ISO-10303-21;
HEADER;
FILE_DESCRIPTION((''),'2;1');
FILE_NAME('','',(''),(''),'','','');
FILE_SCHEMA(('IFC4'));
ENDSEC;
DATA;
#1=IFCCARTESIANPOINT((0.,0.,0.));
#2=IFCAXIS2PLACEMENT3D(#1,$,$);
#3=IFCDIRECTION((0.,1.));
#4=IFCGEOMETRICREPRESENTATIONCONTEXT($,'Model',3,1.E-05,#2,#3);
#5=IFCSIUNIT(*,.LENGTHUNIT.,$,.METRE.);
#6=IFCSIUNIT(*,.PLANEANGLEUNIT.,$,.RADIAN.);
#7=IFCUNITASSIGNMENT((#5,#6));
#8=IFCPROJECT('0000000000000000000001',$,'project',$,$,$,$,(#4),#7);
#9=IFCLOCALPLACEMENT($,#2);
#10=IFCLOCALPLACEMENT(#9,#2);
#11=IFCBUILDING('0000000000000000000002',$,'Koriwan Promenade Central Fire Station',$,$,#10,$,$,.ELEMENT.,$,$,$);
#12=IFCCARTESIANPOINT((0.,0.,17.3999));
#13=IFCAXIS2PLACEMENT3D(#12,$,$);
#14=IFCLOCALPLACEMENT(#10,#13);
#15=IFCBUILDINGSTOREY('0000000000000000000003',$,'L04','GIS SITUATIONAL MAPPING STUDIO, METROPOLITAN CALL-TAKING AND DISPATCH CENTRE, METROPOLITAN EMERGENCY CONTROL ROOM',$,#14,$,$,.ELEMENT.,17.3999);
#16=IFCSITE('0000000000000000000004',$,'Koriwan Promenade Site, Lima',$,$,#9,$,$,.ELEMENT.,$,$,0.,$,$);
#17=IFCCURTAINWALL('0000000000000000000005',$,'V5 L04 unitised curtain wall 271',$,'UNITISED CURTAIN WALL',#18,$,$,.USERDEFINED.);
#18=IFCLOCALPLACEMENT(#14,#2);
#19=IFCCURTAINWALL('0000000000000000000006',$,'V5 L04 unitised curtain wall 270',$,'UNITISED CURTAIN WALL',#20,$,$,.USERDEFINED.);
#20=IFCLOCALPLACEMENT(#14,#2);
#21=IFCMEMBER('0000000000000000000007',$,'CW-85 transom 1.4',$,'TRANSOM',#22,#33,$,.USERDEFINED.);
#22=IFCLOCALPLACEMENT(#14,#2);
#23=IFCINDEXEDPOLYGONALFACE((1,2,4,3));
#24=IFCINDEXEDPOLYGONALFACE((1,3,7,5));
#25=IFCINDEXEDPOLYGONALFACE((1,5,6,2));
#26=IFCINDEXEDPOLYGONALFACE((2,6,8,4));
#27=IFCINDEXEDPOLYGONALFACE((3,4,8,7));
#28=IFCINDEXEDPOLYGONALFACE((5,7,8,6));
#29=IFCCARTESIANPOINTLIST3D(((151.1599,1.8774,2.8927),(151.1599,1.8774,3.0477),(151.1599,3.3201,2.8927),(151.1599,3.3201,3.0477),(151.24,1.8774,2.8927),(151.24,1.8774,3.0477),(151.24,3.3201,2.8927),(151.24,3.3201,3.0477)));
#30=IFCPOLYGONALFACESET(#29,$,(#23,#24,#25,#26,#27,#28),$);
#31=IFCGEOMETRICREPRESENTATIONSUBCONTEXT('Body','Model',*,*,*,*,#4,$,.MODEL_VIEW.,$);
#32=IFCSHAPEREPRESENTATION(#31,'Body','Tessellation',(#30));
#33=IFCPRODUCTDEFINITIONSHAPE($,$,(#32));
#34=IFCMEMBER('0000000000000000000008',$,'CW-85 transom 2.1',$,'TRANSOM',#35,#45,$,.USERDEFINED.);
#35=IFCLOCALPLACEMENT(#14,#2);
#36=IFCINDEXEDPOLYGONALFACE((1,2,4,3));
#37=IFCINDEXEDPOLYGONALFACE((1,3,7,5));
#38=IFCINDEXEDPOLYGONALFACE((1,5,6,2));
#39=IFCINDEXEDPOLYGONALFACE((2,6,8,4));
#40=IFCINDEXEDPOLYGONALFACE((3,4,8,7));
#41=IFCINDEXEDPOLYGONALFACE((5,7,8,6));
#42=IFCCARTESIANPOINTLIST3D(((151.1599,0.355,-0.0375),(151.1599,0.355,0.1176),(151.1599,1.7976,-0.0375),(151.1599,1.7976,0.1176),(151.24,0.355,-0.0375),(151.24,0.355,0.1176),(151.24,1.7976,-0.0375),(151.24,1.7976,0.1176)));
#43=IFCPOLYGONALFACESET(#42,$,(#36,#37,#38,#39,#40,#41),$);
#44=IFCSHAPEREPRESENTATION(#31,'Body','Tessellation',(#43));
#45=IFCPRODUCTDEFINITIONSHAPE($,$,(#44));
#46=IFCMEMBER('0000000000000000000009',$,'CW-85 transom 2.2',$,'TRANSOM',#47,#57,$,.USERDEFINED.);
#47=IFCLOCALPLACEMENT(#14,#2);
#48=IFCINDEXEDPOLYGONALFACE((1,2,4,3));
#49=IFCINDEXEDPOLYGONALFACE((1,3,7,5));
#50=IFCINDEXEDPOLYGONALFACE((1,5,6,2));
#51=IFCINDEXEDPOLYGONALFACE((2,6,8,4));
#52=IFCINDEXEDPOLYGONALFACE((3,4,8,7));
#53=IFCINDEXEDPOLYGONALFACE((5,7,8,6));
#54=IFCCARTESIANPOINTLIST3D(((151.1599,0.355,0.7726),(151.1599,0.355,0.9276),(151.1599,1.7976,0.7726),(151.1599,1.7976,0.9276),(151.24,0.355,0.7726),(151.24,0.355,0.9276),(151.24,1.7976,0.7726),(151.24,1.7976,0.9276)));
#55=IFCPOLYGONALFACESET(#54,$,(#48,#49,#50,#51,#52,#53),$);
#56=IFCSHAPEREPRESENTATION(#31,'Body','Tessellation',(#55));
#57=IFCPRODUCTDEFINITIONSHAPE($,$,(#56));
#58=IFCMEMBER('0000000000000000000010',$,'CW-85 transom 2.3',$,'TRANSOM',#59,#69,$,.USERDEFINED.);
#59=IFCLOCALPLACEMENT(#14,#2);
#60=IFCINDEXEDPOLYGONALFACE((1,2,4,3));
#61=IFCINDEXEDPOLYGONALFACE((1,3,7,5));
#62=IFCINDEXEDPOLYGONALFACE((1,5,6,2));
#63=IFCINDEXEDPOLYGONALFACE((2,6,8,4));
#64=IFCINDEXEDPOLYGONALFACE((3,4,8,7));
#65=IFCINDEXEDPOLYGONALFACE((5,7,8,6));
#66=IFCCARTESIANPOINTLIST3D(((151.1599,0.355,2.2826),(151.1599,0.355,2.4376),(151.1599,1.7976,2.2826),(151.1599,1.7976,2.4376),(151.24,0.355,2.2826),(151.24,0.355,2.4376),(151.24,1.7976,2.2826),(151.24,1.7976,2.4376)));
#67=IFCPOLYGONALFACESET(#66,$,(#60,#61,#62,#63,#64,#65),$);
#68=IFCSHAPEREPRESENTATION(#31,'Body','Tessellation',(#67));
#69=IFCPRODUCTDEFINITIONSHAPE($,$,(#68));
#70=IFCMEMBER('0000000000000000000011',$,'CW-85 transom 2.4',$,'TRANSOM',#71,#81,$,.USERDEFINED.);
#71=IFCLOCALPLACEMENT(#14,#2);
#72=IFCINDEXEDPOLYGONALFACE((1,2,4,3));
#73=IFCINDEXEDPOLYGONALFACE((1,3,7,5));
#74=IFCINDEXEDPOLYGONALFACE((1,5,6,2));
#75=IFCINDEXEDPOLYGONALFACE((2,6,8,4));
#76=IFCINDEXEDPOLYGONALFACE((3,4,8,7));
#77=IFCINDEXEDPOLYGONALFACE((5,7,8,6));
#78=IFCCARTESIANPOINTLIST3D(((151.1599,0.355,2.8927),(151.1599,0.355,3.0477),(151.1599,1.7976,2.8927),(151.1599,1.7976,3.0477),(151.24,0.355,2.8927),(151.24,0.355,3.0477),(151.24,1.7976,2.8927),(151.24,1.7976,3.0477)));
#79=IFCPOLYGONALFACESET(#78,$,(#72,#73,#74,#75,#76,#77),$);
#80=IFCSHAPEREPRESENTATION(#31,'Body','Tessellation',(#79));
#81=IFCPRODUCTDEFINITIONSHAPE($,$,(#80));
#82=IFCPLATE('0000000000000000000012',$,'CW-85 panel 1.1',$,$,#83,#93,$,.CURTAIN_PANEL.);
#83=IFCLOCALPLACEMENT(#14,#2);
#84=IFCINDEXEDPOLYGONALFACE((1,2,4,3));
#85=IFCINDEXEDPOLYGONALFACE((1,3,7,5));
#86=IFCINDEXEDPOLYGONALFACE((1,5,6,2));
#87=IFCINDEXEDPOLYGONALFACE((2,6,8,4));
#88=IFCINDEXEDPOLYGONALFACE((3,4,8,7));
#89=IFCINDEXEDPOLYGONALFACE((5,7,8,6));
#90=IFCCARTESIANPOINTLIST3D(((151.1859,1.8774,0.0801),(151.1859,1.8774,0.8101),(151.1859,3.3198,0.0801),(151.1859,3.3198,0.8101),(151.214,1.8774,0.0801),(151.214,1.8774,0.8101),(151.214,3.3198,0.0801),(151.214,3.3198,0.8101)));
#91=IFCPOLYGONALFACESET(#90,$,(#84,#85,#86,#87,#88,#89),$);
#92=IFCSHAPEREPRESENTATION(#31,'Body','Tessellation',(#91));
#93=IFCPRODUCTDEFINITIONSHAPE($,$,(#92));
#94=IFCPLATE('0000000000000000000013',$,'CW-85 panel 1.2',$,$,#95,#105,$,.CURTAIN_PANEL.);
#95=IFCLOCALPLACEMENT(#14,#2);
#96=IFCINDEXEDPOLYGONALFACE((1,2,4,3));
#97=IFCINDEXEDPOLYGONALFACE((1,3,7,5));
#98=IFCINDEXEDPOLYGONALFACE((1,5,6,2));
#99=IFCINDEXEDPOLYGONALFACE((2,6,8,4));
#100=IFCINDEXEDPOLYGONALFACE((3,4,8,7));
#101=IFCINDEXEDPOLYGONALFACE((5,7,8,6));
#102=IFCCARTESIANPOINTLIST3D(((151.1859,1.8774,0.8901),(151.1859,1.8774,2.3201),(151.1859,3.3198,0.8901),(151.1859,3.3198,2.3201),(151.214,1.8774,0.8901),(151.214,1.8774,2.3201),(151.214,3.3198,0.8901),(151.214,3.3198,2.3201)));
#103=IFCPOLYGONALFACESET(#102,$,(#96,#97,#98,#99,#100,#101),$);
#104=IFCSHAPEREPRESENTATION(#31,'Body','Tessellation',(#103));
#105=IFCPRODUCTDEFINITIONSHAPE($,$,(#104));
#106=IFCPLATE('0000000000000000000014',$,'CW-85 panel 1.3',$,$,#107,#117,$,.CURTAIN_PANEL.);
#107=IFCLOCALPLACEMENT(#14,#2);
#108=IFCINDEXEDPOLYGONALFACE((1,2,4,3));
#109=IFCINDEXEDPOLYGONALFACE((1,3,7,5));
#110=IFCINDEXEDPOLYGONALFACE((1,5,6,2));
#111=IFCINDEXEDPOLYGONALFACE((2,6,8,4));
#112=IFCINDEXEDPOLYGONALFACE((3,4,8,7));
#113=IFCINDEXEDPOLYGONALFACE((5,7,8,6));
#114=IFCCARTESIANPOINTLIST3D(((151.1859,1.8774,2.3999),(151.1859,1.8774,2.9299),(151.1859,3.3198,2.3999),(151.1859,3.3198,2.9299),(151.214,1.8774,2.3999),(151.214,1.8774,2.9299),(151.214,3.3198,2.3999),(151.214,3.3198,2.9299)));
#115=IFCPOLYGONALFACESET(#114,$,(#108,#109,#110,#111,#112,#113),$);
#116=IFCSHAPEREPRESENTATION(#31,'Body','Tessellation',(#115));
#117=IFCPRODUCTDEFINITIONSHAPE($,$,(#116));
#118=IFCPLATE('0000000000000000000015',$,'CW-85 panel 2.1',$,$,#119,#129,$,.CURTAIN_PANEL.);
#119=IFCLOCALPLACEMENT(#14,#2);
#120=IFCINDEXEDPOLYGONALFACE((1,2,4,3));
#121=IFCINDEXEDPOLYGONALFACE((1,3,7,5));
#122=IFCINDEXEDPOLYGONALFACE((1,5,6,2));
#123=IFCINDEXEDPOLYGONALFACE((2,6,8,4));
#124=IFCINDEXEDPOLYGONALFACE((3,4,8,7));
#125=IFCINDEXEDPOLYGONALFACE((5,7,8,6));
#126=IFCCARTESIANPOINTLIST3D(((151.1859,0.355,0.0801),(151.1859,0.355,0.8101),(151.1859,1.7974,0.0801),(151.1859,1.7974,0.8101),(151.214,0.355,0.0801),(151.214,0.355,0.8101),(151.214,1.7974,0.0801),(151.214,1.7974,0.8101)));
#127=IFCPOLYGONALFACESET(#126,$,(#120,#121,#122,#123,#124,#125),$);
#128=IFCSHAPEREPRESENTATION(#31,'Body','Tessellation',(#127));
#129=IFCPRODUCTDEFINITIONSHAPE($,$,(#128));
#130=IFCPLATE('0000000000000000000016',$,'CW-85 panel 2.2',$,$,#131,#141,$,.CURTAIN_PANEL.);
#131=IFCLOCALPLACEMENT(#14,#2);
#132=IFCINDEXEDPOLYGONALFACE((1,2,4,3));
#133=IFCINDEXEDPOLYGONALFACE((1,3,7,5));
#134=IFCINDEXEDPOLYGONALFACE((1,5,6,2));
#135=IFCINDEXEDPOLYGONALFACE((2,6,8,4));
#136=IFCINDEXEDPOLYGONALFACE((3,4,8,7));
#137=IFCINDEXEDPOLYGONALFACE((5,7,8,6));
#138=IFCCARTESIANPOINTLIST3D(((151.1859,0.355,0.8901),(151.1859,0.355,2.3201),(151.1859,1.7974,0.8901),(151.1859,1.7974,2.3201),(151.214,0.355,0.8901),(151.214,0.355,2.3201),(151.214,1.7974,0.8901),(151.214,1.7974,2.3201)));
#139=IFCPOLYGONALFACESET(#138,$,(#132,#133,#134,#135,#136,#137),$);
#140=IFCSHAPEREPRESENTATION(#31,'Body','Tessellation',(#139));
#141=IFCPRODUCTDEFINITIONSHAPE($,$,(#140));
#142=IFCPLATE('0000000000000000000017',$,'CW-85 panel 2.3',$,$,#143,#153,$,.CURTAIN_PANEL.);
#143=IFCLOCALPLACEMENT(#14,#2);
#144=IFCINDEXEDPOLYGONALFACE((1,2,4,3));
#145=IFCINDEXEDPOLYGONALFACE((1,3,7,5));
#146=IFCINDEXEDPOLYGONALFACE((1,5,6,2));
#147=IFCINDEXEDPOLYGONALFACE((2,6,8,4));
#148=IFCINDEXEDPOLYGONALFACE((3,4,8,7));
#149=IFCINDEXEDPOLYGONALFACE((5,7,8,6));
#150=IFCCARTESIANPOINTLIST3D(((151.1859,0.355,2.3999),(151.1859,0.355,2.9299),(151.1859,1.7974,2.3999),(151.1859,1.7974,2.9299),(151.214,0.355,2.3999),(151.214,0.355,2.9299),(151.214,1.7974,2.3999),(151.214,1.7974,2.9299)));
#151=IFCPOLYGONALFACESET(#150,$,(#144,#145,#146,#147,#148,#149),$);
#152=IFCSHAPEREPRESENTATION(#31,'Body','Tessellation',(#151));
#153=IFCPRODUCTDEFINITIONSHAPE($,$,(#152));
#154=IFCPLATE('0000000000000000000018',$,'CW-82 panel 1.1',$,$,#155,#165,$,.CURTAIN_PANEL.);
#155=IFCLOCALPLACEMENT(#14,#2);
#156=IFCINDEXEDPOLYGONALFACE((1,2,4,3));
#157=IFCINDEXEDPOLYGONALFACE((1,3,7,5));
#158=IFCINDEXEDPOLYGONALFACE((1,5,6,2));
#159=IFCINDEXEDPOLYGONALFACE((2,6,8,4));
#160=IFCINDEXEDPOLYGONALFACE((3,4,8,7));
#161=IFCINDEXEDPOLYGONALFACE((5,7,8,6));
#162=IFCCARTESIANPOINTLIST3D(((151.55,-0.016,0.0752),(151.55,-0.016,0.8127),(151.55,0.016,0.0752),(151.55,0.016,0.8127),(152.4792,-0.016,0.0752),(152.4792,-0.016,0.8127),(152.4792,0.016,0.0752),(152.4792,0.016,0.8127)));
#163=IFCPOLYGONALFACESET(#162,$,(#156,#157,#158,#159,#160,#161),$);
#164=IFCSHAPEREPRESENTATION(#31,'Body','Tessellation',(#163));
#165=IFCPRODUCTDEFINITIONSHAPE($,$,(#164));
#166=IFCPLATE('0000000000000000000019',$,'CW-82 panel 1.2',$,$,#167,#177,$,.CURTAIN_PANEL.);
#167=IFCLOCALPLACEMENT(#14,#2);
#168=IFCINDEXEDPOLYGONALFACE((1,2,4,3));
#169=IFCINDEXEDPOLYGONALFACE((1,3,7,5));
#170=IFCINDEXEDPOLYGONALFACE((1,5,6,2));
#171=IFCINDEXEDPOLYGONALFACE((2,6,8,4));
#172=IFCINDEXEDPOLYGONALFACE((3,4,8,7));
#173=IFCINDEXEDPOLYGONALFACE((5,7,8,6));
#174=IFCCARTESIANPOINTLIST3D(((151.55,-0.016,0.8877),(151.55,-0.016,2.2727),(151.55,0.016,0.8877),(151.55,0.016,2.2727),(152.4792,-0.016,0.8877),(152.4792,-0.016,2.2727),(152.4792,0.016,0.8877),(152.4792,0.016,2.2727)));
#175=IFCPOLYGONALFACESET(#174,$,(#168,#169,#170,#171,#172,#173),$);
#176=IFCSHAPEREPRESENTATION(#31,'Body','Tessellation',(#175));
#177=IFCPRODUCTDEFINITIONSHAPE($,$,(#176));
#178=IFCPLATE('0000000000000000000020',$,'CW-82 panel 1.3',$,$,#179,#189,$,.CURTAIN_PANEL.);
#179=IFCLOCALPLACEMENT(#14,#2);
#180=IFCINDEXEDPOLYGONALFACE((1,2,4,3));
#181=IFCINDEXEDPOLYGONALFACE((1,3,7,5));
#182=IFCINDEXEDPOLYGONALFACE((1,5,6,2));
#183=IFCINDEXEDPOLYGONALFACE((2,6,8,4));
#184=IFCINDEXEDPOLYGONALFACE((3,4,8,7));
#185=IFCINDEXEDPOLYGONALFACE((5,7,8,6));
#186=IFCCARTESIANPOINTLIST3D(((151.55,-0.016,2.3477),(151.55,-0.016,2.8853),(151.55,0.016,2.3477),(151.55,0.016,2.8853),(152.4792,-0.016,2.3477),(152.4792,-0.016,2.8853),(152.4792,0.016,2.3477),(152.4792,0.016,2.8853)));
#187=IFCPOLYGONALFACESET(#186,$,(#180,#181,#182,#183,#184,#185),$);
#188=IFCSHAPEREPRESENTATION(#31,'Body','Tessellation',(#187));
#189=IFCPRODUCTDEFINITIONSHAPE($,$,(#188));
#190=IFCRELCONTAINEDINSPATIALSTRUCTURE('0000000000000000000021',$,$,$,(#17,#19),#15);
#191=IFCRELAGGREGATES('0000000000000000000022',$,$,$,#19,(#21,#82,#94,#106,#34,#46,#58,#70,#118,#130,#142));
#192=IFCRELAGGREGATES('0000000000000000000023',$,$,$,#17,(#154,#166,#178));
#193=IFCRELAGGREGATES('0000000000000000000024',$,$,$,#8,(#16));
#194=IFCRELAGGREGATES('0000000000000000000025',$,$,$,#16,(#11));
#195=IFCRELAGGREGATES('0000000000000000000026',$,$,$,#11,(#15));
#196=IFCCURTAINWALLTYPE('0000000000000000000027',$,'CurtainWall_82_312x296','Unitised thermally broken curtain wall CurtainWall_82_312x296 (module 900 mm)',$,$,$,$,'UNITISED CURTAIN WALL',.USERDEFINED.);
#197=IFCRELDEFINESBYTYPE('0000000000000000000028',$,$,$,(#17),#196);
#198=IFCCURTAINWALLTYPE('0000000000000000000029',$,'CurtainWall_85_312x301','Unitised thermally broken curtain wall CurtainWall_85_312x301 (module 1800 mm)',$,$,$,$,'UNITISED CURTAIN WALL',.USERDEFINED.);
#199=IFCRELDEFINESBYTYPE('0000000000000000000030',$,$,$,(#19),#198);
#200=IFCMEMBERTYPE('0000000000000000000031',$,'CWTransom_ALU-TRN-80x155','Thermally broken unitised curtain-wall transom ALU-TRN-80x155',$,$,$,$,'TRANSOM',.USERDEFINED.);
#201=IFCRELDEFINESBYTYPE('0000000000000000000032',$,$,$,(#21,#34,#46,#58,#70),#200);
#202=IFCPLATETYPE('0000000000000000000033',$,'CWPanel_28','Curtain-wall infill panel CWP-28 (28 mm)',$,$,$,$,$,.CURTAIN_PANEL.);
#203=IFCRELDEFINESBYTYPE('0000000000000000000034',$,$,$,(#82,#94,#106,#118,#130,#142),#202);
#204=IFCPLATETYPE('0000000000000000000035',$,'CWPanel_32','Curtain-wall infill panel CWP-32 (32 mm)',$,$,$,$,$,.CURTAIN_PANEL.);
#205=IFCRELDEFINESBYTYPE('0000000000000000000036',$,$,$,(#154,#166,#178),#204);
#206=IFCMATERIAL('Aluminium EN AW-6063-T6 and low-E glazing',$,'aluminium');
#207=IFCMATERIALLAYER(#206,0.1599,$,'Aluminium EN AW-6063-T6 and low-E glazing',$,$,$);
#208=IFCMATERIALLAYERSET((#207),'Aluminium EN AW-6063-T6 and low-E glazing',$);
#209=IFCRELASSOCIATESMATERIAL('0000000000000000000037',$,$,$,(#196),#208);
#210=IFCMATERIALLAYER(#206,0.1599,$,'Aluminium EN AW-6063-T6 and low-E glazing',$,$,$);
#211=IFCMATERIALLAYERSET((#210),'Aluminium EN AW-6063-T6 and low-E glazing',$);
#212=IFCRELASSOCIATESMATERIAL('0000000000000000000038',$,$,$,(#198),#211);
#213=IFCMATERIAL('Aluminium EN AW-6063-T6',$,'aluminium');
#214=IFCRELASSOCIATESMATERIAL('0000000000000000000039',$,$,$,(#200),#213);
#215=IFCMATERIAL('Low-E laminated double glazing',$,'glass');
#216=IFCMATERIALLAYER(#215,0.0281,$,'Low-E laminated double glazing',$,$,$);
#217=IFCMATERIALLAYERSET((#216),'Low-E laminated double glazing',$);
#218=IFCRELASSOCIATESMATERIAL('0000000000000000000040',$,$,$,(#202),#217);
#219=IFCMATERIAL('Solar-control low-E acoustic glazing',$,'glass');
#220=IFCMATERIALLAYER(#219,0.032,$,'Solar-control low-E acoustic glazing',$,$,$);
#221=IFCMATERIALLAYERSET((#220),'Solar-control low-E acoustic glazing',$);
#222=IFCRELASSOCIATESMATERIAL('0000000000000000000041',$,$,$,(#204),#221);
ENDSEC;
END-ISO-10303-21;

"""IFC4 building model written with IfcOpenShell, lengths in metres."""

from ifc_helpers import new_model, si_unit, direction, frame, origin, origin_2d, place, context, subcontext, project, spatial, rectangle, extrude, material, layer, layer_set, material_profile, profile_set, type_object, element, aggregate, save


model = new_model("IFC4")

# Units and contexts
model_context = context("Model", 3, precision=1e-05, world=origin(), true_north=direction((0.0, 1.0)))
body_context = subcontext(model_context, "Body", "Model", "MODEL_VIEW")
ifc_project = project(units=[si_unit("LENGTHUNIT", "METRE"), si_unit("PLANEANGLEUNIT", "RADIAN")], contexts=[model_context])

# Site, building, storey
site_placement = place(None, origin())
site = spatial("IfcSite", under=ifc_project, at=site_placement, Name="Koriwan Promenade Site, Lima", CompositionType="ELEMENT", RefElevation=0.0)
building_placement = place(site_placement, origin())
building = spatial("IfcBuilding", under=site, at=building_placement, Name="Koriwan Promenade Central Fire Station", CompositionType="ELEMENT")
storey_placement = place(building_placement, frame((0.0, 0.0, 17.3999)))
storey = spatial("IfcBuildingStorey", under=building, at=storey_placement, Name="L04", Description="GIS SITUATIONAL MAPPING STUDIO, METROPOLITAN CALL-TAKING AND DISPATCH CENTRE, METROPOLITAN EMERGENCY CONTROL ROOM", CompositionType="ELEMENT", Elevation=17.3999)

# Curtain walls
ifc_material_1 = material(Name="Aluminium EN AW-6063-T6 and low-E glazing", Category="aluminium")
ifc_layer_1 = layer(ifc_material_1, 0.1599, Name="Aluminium EN AW-6063-T6 and low-E glazing")
ifc_layer_set_1 = layer_set([ifc_layer_1], Name="Aluminium EN AW-6063-T6 and low-E glazing")
curtain_wall_type_1 = type_object("IfcCurtainWallType", Name="CurtainWall_82_312x296", Description="Unitised thermally broken curtain wall CurtainWall_82_312x296 (module 900 mm)", ElementType="UNITISED CURTAIN WALL", PredefinedType="USERDEFINED", material=ifc_layer_set_1)
curtain_wall_1_placement = place(storey_placement, origin())
curtain_wall_1 = element("IfcCurtainWall", 1, at=curtain_wall_1_placement, inside=storey, type_object=curtain_wall_type_1, Name="V5 L04 unitised curtain wall 271", ObjectType="UNITISED CURTAIN WALL", PredefinedType="USERDEFINED")
ifc_material_2 = material(Name="Aluminium EN AW-6063-T6", Category="aluminium")
ifc_layer_2 = layer(ifc_material_1, 0.1599, Name="Aluminium EN AW-6063-T6 and low-E glazing")
ifc_layer_set_2 = layer_set([ifc_layer_2], Name="Aluminium EN AW-6063-T6 and low-E glazing")
curtain_wall_type_2 = type_object("IfcCurtainWallType", Name="CurtainWall_85_312x301", Description="Unitised thermally broken curtain wall CurtainWall_85_312x301 (module 1800 mm)", ElementType="UNITISED CURTAIN WALL", PredefinedType="USERDEFINED", material=ifc_layer_set_2)
curtain_wall_2_placement = place(storey_placement, origin())
curtain_wall_2 = element("IfcCurtainWall", 2, at=curtain_wall_2_placement, inside=storey, type_object=curtain_wall_type_2, Name="V5 L04 unitised curtain wall 270", ObjectType="UNITISED CURTAIN WALL", PredefinedType="USERDEFINED")

# Members
ifc_material_profile_1 = material_profile(ifc_material_2, rectangle(XDim=0.0801, YDim=0.155, at=origin_2d()), Name="ALU-TRN-80x155")
ifc_profile_set_1 = profile_set([ifc_material_profile_1], Name="Aluminium EN AW-6063-T6")
member_type_1 = type_object("IfcMemberType", Name="CWTransom_ALU-TRN-80x155", Description="Thermally broken unitised curtain-wall transom ALU-TRN-80x155", ElementType="TRANSOM", PredefinedType="USERDEFINED", material=ifc_profile_set_1)
member_1_placement = place(storey_placement, frame((151.2, 3.3201, 2.9702), z_axis=(0.0, -1.0, 0.0), x_axis=(1.0, 0.0, 0.0)))
member_1 = element("IfcMember", 3, at=member_1_placement, type_object=member_type_1, Name="CW-85 transom 1.4", ObjectType="TRANSOM", PredefinedType="USERDEFINED", context=body_context, shape_type="SweptSolid", body=[
    extrude(rectangle(XDim=0.0801, YDim=0.155, at=origin_2d()), origin(), (0.0, 0.0, 1.0), 1.4426),
])
member_2_placement = place(storey_placement, frame((151.2, 1.7976, 0.04), z_axis=(0.0, -1.0, 0.0), x_axis=(1.0, 0.0, 0.0)))
member_2 = element("IfcMember", 4, at=member_2_placement, type_object=member_type_1, Name="CW-85 transom 2.1", ObjectType="TRANSOM", PredefinedType="USERDEFINED", context=body_context, shape_type="SweptSolid", body=[
    extrude(rectangle(XDim=0.0801, YDim=0.155, at=origin_2d()), origin(), (0.0, 0.0, 1.0), 1.4426),
])
member_3_placement = place(storey_placement, frame((151.2, 1.7976, 0.8501), z_axis=(0.0, -1.0, 0.0), x_axis=(1.0, 0.0, 0.0)))
member_3 = element("IfcMember", 5, at=member_3_placement, type_object=member_type_1, Name="CW-85 transom 2.2", ObjectType="TRANSOM", PredefinedType="USERDEFINED", context=body_context, shape_type="SweptSolid", body=[
    extrude(rectangle(XDim=0.0801, YDim=0.155, at=origin_2d()), origin(), (0.0, 0.0, 1.0), 1.4426),
])
member_4_placement = place(storey_placement, frame((151.2, 1.7976, 2.3601), z_axis=(0.0, -1.0, 0.0), x_axis=(1.0, 0.0, 0.0)))
member_4 = element("IfcMember", 6, at=member_4_placement, type_object=member_type_1, Name="CW-85 transom 2.3", ObjectType="TRANSOM", PredefinedType="USERDEFINED", context=body_context, shape_type="SweptSolid", body=[
    extrude(rectangle(XDim=0.0801, YDim=0.155, at=origin_2d()), origin(), (0.0, 0.0, 1.0), 1.4426),
])
member_5_placement = place(storey_placement, frame((151.2, 1.7976, 2.9702), z_axis=(0.0, -1.0, 0.0), x_axis=(1.0, 0.0, 0.0)))
member_5 = element("IfcMember", 7, at=member_5_placement, type_object=member_type_1, Name="CW-85 transom 2.4", ObjectType="TRANSOM", PredefinedType="USERDEFINED", context=body_context, shape_type="SweptSolid", body=[
    extrude(rectangle(XDim=0.0801, YDim=0.155, at=origin_2d()), origin(), (0.0, 0.0, 1.0), 1.4426),
])

# Plates
ifc_material_3 = material(Name="Low-E laminated double glazing", Category="glass")
ifc_layer_3 = layer(ifc_material_3, 0.0281, Name="Low-E laminated double glazing")
ifc_layer_set_3 = layer_set([ifc_layer_3], Name="Low-E laminated double glazing")
plate_type_1 = type_object("IfcPlateType", Name="CWPanel_28", Description="Curtain-wall infill panel CWP-28 (28 mm)", PredefinedType="CURTAIN_PANEL", material=ifc_layer_set_3)
plate_1_placement = place(storey_placement, frame((151.2, 2.5986, 0.0801), z_axis=(0.0, 0.0, 1.0), x_axis=(0.0, -1.0, 0.0)))
plate_1 = element("IfcPlate", 8, at=plate_1_placement, type_object=plate_type_1, Name="CW-85 panel 1.1", PredefinedType="CURTAIN_PANEL", context=body_context, shape_type="SweptSolid", body=[
    extrude(rectangle(XDim=1.4424, YDim=0.0281, at=origin_2d()), origin(), (0.0, 0.0, 1.0), 0.73),
])
plate_2_placement = place(storey_placement, frame((151.2, 2.5986, 0.8901), z_axis=(0.0, 0.0, 1.0), x_axis=(0.0, -1.0, 0.0)))
plate_2 = element("IfcPlate", 9, at=plate_2_placement, type_object=plate_type_1, Name="CW-85 panel 1.2", PredefinedType="CURTAIN_PANEL", context=body_context, shape_type="SweptSolid", body=[
    extrude(rectangle(XDim=1.4424, YDim=0.0281, at=origin_2d()), origin(), (0.0, 0.0, 1.0), 1.4299),
])
plate_3_placement = place(storey_placement, frame((151.2, 2.5986, 2.3999), z_axis=(0.0, 0.0, 1.0), x_axis=(0.0, -1.0, 0.0)))
plate_3 = element("IfcPlate", 10, at=plate_3_placement, type_object=plate_type_1, Name="CW-85 panel 1.3", PredefinedType="CURTAIN_PANEL", context=body_context, shape_type="SweptSolid", body=[
    extrude(rectangle(XDim=1.4424, YDim=0.0281, at=origin_2d()), origin(), (0.0, 0.0, 1.0), 0.53),
])
plate_4_placement = place(storey_placement, frame((151.2, 1.0762, 0.0801), z_axis=(0.0, 0.0, 1.0), x_axis=(0.0, -1.0, 0.0)))
plate_4 = element("IfcPlate", 11, at=plate_4_placement, type_object=plate_type_1, Name="CW-85 panel 2.1", PredefinedType="CURTAIN_PANEL", context=body_context, shape_type="SweptSolid", body=[
    extrude(rectangle(XDim=1.4424, YDim=0.0281, at=origin_2d()), origin(), (0.0, 0.0, 1.0), 0.73),
])
plate_5_placement = place(storey_placement, frame((151.2, 1.0762, 0.8901), z_axis=(0.0, 0.0, 1.0), x_axis=(0.0, -1.0, 0.0)))
plate_5 = element("IfcPlate", 12, at=plate_5_placement, type_object=plate_type_1, Name="CW-85 panel 2.2", PredefinedType="CURTAIN_PANEL", context=body_context, shape_type="SweptSolid", body=[
    extrude(rectangle(XDim=1.4424, YDim=0.0281, at=origin_2d()), origin(), (0.0, 0.0, 1.0), 1.4299),
])
plate_6_placement = place(storey_placement, frame((151.2, 1.0762, 2.3999), z_axis=(0.0, 0.0, 1.0), x_axis=(0.0, -1.0, 0.0)))
plate_6 = element("IfcPlate", 13, at=plate_6_placement, type_object=plate_type_1, Name="CW-85 panel 2.3", PredefinedType="CURTAIN_PANEL", context=body_context, shape_type="SweptSolid", body=[
    extrude(rectangle(XDim=1.4424, YDim=0.0281, at=origin_2d()), origin(), (0.0, 0.0, 1.0), 0.53),
])
aggregate(curtain_wall_2, [member_1, plate_1, plate_2, plate_3, member_2, member_3, member_4, member_5, plate_4, plate_5, plate_6])
ifc_material_4 = material(Name="Solar-control low-E acoustic glazing", Category="glass")
ifc_layer_4 = layer(ifc_material_4, 0.032, Name="Solar-control low-E acoustic glazing")
ifc_layer_set_4 = layer_set([ifc_layer_4], Name="Solar-control low-E acoustic glazing")
plate_type_2 = type_object("IfcPlateType", Name="CWPanel_32", Description="Curtain-wall infill panel CWP-32 (32 mm)", PredefinedType="CURTAIN_PANEL", material=ifc_layer_set_4)
plate_7_placement = place(storey_placement, frame((152.0146, 0.0, 0.0752), z_axis=(0.0, 0.0, 1.0), x_axis=(1.0, 0.0, 0.0)))
plate_7 = element("IfcPlate", 14, at=plate_7_placement, type_object=plate_type_2, Name="CW-82 panel 1.1", PredefinedType="CURTAIN_PANEL", context=body_context, shape_type="SweptSolid", body=[
    extrude(rectangle(XDim=0.9292, YDim=0.032, at=origin_2d()), origin(), (0.0, 0.0, 1.0), 0.7375),
])
plate_8_placement = place(storey_placement, frame((152.0146, 0.0, 0.8877), z_axis=(0.0, 0.0, 1.0), x_axis=(1.0, 0.0, 0.0)))
plate_8 = element("IfcPlate", 15, at=plate_8_placement, type_object=plate_type_2, Name="CW-82 panel 1.2", PredefinedType="CURTAIN_PANEL", context=body_context, shape_type="SweptSolid", body=[
    extrude(rectangle(XDim=0.9292, YDim=0.032, at=origin_2d()), origin(), (0.0, 0.0, 1.0), 1.385),
])
plate_9_placement = place(storey_placement, frame((152.0146, 0.0, 2.3477), z_axis=(0.0, 0.0, 1.0), x_axis=(1.0, 0.0, 0.0)))
plate_9 = element("IfcPlate", 16, at=plate_9_placement, type_object=plate_type_2, Name="CW-82 panel 1.3", PredefinedType="CURTAIN_PANEL", context=body_context, shape_type="SweptSolid", body=[
    extrude(rectangle(XDim=0.9292, YDim=0.032, at=origin_2d()), origin(), (0.0, 0.0, 1.0), 0.5376),
])
aggregate(curtain_wall_1, [plate_7, plate_8, plate_9])

save(model, "model.ifc")
